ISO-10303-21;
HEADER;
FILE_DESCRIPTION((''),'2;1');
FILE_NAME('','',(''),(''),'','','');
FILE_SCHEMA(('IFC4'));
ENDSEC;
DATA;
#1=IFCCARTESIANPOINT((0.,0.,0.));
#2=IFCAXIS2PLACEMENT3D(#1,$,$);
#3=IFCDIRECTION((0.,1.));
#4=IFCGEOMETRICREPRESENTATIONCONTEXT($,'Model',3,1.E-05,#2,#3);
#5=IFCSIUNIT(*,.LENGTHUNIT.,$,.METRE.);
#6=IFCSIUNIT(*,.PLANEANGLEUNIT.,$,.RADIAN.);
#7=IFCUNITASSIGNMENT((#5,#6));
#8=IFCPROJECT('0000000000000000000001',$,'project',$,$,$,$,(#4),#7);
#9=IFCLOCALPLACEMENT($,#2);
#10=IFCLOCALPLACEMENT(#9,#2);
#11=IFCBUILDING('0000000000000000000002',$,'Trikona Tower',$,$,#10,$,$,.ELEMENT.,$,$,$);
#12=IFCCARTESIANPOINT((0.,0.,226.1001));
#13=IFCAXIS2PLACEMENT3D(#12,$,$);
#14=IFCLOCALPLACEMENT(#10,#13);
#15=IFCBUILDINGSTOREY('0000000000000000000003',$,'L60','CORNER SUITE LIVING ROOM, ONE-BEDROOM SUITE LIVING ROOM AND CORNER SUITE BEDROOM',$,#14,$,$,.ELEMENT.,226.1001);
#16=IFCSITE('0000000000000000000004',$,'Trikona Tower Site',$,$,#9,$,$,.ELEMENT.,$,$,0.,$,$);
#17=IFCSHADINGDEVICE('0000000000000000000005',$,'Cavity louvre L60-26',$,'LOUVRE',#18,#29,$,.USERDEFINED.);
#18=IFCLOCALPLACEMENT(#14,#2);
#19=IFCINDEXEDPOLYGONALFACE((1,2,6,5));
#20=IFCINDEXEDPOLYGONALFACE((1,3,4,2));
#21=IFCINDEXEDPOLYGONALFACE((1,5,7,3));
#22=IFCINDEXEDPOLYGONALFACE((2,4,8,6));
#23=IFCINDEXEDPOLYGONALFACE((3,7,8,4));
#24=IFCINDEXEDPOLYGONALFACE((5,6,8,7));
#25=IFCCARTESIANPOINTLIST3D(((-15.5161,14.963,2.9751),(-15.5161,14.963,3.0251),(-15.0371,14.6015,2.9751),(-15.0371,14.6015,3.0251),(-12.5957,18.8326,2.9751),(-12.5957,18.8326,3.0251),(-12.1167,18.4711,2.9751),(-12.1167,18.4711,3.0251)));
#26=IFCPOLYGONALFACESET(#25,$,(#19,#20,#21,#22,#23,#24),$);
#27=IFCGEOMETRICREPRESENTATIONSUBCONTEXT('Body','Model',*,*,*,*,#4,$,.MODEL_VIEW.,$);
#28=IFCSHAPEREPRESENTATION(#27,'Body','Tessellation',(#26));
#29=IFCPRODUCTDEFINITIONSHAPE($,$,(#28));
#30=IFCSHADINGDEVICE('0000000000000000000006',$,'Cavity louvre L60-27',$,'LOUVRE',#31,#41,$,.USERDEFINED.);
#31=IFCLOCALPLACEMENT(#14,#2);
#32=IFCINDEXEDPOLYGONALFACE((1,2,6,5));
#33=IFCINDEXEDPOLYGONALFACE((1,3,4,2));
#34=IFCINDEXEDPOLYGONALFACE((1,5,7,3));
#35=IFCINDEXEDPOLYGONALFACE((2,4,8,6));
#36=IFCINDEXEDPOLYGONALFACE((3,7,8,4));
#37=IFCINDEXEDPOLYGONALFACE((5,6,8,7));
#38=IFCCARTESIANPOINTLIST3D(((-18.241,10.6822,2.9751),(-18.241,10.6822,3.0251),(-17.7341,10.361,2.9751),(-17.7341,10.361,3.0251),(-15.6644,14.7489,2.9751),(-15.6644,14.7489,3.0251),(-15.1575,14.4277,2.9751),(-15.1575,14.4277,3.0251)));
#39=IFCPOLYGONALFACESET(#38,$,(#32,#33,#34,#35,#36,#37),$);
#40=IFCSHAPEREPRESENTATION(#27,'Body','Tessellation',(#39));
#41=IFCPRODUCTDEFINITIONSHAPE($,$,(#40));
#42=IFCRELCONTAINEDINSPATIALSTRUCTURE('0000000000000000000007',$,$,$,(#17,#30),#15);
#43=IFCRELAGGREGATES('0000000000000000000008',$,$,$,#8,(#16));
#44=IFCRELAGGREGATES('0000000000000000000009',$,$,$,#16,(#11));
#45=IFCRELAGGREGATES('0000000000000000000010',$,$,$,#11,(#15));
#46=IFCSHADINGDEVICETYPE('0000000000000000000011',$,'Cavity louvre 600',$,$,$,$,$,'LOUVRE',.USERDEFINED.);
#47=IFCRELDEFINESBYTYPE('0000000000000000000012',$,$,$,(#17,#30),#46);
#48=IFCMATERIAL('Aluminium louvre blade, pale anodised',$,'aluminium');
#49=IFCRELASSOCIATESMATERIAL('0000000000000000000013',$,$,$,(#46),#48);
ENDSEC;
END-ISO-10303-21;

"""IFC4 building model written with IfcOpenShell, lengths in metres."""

from ifc_helpers import new_model, si_unit, direction, frame, origin, origin_2d, place, context, subcontext, project, spatial, rectangle, extrude, material, type_object, element, save


model = new_model("IFC4")

# Units and contexts
model_context = context("Model", 3, precision=1e-05, world=origin(), true_north=direction((0.0, 1.0)))
body_context = subcontext(model_context, "Body", "Model", "MODEL_VIEW")
ifc_project = project(units=[si_unit("LENGTHUNIT", "METRE"), si_unit("PLANEANGLEUNIT", "RADIAN")], contexts=[model_context])

# Site, building, storey
site_placement = place(None, origin())
site = spatial("IfcSite", under=ifc_project, at=site_placement, Name="Trikona Tower Site", CompositionType="ELEMENT", RefElevation=0.0)
building_placement = place(site_placement, origin())
building = spatial("IfcBuilding", under=site, at=building_placement, Name="Trikona Tower", CompositionType="ELEMENT")
storey_placement = place(building_placement, frame((0.0, 0.0, 226.1001)))
storey = spatial("IfcBuildingStorey", under=building, at=storey_placement, Name="L60", Description="CORNER SUITE LIVING ROOM, ONE-BEDROOM SUITE LIVING ROOM AND CORNER SUITE BEDROOM", CompositionType="ELEMENT", Elevation=226.1001)

# Shading devices
ifc_material_1 = material(Name="Aluminium louvre blade, pale anodised", Category="aluminium")
shading_device_type = type_object("IfcShadingDeviceType", Name="Cavity louvre 600", ElementType="LOUVRE", PredefinedType="USERDEFINED", material=ifc_material_1)
shading_device_1_placement = place(storey_placement, frame((-13.8164, 16.717, 2.9751), z_axis=(0.0, 0.0, 1.0), x_axis=(-0.602402, -0.798193, 0.0)))
element("IfcShadingDevice", 1, at=shading_device_1_placement, inside=storey, type_object=shading_device_type, Name="Cavity louvre L60-26", ObjectType="LOUVRE", PredefinedType="USERDEFINED", context=body_context, shape_type="SweptSolid", body=[
    extrude(rectangle(XDim=4.8479, YDim=0.6001, at=origin_2d()), origin(), (0.0, 0.0, 1.0), 0.05),
])
shading_device_2_placement = place(storey_placement, frame((-16.6992, 12.5549, 2.9751), z_axis=(0.0, 0.0, 1.0), x_axis=(-0.535205, -0.844722, 0.0)))
element("IfcShadingDevice", 2, at=shading_device_2_placement, inside=storey, type_object=shading_device_type, Name="Cavity louvre L60-27", ObjectType="LOUVRE", PredefinedType="USERDEFINED", context=body_context, shape_type="SweptSolid", body=[
    extrude(rectangle(XDim=4.8142, YDim=0.6001, at=origin_2d()), origin(), (0.0, 0.0, 1.0), 0.05),
])

save(model, "model.ifc")
